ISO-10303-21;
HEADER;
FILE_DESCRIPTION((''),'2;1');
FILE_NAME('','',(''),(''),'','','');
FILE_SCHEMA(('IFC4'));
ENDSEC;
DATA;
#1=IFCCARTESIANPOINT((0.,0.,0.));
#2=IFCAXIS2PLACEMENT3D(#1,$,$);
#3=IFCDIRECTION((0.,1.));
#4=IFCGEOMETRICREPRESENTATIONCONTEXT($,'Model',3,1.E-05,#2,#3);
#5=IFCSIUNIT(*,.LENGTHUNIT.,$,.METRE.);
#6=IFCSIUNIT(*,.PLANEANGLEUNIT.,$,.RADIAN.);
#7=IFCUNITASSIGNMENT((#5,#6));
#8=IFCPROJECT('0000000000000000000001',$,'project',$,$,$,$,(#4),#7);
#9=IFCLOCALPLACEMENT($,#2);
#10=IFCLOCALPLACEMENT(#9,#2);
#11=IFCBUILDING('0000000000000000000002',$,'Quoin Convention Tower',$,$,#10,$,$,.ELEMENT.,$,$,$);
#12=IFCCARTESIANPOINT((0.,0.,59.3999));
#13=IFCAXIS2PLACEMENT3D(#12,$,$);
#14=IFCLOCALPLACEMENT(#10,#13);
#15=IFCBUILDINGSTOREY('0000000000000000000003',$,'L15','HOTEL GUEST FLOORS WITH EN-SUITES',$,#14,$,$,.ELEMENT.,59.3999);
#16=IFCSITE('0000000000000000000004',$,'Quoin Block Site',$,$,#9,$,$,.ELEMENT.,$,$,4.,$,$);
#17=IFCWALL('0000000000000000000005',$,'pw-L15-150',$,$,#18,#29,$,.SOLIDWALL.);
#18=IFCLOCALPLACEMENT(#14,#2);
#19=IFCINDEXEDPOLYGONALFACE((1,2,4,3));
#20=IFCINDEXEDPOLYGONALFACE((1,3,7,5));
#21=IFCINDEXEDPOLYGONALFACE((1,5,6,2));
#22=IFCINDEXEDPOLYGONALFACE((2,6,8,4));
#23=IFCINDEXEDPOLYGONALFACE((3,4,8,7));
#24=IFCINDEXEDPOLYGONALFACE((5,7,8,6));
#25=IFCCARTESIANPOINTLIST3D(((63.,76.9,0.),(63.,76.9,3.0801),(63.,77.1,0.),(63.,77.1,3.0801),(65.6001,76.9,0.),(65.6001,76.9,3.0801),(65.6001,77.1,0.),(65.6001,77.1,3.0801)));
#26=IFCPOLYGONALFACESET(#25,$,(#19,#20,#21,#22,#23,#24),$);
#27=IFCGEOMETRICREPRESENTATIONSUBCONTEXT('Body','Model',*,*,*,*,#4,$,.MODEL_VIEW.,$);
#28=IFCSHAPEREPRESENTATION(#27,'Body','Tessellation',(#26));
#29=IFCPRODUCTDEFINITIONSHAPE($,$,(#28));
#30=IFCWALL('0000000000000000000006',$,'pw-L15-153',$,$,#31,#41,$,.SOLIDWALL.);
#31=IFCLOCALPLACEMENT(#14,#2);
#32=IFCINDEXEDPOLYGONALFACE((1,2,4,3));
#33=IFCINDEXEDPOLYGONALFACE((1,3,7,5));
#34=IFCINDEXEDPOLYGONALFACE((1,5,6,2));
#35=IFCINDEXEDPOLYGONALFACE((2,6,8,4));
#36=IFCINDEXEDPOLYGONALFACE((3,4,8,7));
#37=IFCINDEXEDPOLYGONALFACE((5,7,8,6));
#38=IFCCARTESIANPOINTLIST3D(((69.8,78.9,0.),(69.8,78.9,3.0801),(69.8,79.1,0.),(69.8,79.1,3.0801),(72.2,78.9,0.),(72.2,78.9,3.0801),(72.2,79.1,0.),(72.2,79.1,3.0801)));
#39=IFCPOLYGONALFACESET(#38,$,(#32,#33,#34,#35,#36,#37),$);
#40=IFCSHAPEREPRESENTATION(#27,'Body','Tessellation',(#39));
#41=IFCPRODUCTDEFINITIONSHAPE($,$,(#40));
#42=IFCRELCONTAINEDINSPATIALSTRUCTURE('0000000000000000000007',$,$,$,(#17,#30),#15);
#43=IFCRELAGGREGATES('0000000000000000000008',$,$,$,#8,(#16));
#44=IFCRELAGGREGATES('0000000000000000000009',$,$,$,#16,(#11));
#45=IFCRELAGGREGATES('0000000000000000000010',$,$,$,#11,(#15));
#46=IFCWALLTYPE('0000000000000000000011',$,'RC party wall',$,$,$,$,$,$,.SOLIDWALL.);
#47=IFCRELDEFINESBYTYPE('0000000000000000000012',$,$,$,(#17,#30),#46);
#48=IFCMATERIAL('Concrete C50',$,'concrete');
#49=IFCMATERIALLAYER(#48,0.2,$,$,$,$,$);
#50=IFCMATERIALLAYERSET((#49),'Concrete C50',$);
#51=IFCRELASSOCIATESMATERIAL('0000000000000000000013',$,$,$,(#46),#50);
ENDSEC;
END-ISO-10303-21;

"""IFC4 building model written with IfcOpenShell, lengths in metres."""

from ifc_helpers import new_model, si_unit, direction, frame, frame_2d, origin, place, context, subcontext, project, spatial, rectangle, extrude, material, layer, layer_set, type_object, element, save


model = new_model("IFC4")

# Units and contexts
model_context = context("Model", 3, precision=1e-05, world=origin(), true_north=direction((0.0, 1.0)))
body_context = subcontext(model_context, "Body", "Model", "MODEL_VIEW")
ifc_project = project(units=[si_unit("LENGTHUNIT", "METRE"), si_unit("PLANEANGLEUNIT", "RADIAN")], contexts=[model_context])

# Site, building, storey
site_placement = place(None, origin())
site = spatial("IfcSite", under=ifc_project, at=site_placement, Name="Quoin Block Site", CompositionType="ELEMENT", RefElevation=4.0)
building_placement = place(site_placement, origin())
building = spatial("IfcBuilding", under=site, at=building_placement, Name="Quoin Convention Tower", CompositionType="ELEMENT")
storey_placement = place(building_placement, frame((0.0, 0.0, 59.3999)))
storey = spatial("IfcBuildingStorey", under=building, at=storey_placement, Name="L15", Description="HOTEL GUEST FLOORS WITH EN-SUITES", CompositionType="ELEMENT", Elevation=59.3999)

# Shared definitions
ifc_material_1 = material(Name="Concrete C50", Category="concrete")
ifc_layer_1 = layer(ifc_material_1, 0.2)
ifc_layer_set_1 = layer_set([ifc_layer_1], Name="Concrete C50")
wall_type_1 = type_object("IfcWallType", Name="RC party wall", PredefinedType="SOLIDWALL", material=ifc_layer_set_1)

# Walls
wall_1_placement = place(storey_placement, frame((63.0, 77.0, 0.0), z_axis=(0.0, 0.0, 1.0), x_axis=(1.0, 0.0, 0.0)))
element("IfcWall", 1, at=wall_1_placement, inside=storey, type_object=wall_type_1, Name="pw-L15-150", PredefinedType="SOLIDWALL", context=body_context, shape_type="SweptSolid", body=[
    extrude(rectangle(XDim=2.6001, YDim=0.2, at=frame_2d((1.3, 0.0))), origin(), (0.0, 0.0, 1.0), 3.0801),
])
wall_2_placement = place(storey_placement, frame((69.8, 79.0, 0.0), z_axis=(0.0, 0.0, 1.0), x_axis=(1.0, 0.0, 0.0)))
element("IfcWall", 2, at=wall_2_placement, inside=storey, type_object=wall_type_1, Name="pw-L15-153", PredefinedType="SOLIDWALL", context=body_context, shape_type="SweptSolid", body=[
    extrude(rectangle(XDim=2.3999, YDim=0.2, at=frame_2d((1.2, 0.0))), origin(), (0.0, 0.0, 1.0), 3.0801),
])

save(model, "model.ifc")
